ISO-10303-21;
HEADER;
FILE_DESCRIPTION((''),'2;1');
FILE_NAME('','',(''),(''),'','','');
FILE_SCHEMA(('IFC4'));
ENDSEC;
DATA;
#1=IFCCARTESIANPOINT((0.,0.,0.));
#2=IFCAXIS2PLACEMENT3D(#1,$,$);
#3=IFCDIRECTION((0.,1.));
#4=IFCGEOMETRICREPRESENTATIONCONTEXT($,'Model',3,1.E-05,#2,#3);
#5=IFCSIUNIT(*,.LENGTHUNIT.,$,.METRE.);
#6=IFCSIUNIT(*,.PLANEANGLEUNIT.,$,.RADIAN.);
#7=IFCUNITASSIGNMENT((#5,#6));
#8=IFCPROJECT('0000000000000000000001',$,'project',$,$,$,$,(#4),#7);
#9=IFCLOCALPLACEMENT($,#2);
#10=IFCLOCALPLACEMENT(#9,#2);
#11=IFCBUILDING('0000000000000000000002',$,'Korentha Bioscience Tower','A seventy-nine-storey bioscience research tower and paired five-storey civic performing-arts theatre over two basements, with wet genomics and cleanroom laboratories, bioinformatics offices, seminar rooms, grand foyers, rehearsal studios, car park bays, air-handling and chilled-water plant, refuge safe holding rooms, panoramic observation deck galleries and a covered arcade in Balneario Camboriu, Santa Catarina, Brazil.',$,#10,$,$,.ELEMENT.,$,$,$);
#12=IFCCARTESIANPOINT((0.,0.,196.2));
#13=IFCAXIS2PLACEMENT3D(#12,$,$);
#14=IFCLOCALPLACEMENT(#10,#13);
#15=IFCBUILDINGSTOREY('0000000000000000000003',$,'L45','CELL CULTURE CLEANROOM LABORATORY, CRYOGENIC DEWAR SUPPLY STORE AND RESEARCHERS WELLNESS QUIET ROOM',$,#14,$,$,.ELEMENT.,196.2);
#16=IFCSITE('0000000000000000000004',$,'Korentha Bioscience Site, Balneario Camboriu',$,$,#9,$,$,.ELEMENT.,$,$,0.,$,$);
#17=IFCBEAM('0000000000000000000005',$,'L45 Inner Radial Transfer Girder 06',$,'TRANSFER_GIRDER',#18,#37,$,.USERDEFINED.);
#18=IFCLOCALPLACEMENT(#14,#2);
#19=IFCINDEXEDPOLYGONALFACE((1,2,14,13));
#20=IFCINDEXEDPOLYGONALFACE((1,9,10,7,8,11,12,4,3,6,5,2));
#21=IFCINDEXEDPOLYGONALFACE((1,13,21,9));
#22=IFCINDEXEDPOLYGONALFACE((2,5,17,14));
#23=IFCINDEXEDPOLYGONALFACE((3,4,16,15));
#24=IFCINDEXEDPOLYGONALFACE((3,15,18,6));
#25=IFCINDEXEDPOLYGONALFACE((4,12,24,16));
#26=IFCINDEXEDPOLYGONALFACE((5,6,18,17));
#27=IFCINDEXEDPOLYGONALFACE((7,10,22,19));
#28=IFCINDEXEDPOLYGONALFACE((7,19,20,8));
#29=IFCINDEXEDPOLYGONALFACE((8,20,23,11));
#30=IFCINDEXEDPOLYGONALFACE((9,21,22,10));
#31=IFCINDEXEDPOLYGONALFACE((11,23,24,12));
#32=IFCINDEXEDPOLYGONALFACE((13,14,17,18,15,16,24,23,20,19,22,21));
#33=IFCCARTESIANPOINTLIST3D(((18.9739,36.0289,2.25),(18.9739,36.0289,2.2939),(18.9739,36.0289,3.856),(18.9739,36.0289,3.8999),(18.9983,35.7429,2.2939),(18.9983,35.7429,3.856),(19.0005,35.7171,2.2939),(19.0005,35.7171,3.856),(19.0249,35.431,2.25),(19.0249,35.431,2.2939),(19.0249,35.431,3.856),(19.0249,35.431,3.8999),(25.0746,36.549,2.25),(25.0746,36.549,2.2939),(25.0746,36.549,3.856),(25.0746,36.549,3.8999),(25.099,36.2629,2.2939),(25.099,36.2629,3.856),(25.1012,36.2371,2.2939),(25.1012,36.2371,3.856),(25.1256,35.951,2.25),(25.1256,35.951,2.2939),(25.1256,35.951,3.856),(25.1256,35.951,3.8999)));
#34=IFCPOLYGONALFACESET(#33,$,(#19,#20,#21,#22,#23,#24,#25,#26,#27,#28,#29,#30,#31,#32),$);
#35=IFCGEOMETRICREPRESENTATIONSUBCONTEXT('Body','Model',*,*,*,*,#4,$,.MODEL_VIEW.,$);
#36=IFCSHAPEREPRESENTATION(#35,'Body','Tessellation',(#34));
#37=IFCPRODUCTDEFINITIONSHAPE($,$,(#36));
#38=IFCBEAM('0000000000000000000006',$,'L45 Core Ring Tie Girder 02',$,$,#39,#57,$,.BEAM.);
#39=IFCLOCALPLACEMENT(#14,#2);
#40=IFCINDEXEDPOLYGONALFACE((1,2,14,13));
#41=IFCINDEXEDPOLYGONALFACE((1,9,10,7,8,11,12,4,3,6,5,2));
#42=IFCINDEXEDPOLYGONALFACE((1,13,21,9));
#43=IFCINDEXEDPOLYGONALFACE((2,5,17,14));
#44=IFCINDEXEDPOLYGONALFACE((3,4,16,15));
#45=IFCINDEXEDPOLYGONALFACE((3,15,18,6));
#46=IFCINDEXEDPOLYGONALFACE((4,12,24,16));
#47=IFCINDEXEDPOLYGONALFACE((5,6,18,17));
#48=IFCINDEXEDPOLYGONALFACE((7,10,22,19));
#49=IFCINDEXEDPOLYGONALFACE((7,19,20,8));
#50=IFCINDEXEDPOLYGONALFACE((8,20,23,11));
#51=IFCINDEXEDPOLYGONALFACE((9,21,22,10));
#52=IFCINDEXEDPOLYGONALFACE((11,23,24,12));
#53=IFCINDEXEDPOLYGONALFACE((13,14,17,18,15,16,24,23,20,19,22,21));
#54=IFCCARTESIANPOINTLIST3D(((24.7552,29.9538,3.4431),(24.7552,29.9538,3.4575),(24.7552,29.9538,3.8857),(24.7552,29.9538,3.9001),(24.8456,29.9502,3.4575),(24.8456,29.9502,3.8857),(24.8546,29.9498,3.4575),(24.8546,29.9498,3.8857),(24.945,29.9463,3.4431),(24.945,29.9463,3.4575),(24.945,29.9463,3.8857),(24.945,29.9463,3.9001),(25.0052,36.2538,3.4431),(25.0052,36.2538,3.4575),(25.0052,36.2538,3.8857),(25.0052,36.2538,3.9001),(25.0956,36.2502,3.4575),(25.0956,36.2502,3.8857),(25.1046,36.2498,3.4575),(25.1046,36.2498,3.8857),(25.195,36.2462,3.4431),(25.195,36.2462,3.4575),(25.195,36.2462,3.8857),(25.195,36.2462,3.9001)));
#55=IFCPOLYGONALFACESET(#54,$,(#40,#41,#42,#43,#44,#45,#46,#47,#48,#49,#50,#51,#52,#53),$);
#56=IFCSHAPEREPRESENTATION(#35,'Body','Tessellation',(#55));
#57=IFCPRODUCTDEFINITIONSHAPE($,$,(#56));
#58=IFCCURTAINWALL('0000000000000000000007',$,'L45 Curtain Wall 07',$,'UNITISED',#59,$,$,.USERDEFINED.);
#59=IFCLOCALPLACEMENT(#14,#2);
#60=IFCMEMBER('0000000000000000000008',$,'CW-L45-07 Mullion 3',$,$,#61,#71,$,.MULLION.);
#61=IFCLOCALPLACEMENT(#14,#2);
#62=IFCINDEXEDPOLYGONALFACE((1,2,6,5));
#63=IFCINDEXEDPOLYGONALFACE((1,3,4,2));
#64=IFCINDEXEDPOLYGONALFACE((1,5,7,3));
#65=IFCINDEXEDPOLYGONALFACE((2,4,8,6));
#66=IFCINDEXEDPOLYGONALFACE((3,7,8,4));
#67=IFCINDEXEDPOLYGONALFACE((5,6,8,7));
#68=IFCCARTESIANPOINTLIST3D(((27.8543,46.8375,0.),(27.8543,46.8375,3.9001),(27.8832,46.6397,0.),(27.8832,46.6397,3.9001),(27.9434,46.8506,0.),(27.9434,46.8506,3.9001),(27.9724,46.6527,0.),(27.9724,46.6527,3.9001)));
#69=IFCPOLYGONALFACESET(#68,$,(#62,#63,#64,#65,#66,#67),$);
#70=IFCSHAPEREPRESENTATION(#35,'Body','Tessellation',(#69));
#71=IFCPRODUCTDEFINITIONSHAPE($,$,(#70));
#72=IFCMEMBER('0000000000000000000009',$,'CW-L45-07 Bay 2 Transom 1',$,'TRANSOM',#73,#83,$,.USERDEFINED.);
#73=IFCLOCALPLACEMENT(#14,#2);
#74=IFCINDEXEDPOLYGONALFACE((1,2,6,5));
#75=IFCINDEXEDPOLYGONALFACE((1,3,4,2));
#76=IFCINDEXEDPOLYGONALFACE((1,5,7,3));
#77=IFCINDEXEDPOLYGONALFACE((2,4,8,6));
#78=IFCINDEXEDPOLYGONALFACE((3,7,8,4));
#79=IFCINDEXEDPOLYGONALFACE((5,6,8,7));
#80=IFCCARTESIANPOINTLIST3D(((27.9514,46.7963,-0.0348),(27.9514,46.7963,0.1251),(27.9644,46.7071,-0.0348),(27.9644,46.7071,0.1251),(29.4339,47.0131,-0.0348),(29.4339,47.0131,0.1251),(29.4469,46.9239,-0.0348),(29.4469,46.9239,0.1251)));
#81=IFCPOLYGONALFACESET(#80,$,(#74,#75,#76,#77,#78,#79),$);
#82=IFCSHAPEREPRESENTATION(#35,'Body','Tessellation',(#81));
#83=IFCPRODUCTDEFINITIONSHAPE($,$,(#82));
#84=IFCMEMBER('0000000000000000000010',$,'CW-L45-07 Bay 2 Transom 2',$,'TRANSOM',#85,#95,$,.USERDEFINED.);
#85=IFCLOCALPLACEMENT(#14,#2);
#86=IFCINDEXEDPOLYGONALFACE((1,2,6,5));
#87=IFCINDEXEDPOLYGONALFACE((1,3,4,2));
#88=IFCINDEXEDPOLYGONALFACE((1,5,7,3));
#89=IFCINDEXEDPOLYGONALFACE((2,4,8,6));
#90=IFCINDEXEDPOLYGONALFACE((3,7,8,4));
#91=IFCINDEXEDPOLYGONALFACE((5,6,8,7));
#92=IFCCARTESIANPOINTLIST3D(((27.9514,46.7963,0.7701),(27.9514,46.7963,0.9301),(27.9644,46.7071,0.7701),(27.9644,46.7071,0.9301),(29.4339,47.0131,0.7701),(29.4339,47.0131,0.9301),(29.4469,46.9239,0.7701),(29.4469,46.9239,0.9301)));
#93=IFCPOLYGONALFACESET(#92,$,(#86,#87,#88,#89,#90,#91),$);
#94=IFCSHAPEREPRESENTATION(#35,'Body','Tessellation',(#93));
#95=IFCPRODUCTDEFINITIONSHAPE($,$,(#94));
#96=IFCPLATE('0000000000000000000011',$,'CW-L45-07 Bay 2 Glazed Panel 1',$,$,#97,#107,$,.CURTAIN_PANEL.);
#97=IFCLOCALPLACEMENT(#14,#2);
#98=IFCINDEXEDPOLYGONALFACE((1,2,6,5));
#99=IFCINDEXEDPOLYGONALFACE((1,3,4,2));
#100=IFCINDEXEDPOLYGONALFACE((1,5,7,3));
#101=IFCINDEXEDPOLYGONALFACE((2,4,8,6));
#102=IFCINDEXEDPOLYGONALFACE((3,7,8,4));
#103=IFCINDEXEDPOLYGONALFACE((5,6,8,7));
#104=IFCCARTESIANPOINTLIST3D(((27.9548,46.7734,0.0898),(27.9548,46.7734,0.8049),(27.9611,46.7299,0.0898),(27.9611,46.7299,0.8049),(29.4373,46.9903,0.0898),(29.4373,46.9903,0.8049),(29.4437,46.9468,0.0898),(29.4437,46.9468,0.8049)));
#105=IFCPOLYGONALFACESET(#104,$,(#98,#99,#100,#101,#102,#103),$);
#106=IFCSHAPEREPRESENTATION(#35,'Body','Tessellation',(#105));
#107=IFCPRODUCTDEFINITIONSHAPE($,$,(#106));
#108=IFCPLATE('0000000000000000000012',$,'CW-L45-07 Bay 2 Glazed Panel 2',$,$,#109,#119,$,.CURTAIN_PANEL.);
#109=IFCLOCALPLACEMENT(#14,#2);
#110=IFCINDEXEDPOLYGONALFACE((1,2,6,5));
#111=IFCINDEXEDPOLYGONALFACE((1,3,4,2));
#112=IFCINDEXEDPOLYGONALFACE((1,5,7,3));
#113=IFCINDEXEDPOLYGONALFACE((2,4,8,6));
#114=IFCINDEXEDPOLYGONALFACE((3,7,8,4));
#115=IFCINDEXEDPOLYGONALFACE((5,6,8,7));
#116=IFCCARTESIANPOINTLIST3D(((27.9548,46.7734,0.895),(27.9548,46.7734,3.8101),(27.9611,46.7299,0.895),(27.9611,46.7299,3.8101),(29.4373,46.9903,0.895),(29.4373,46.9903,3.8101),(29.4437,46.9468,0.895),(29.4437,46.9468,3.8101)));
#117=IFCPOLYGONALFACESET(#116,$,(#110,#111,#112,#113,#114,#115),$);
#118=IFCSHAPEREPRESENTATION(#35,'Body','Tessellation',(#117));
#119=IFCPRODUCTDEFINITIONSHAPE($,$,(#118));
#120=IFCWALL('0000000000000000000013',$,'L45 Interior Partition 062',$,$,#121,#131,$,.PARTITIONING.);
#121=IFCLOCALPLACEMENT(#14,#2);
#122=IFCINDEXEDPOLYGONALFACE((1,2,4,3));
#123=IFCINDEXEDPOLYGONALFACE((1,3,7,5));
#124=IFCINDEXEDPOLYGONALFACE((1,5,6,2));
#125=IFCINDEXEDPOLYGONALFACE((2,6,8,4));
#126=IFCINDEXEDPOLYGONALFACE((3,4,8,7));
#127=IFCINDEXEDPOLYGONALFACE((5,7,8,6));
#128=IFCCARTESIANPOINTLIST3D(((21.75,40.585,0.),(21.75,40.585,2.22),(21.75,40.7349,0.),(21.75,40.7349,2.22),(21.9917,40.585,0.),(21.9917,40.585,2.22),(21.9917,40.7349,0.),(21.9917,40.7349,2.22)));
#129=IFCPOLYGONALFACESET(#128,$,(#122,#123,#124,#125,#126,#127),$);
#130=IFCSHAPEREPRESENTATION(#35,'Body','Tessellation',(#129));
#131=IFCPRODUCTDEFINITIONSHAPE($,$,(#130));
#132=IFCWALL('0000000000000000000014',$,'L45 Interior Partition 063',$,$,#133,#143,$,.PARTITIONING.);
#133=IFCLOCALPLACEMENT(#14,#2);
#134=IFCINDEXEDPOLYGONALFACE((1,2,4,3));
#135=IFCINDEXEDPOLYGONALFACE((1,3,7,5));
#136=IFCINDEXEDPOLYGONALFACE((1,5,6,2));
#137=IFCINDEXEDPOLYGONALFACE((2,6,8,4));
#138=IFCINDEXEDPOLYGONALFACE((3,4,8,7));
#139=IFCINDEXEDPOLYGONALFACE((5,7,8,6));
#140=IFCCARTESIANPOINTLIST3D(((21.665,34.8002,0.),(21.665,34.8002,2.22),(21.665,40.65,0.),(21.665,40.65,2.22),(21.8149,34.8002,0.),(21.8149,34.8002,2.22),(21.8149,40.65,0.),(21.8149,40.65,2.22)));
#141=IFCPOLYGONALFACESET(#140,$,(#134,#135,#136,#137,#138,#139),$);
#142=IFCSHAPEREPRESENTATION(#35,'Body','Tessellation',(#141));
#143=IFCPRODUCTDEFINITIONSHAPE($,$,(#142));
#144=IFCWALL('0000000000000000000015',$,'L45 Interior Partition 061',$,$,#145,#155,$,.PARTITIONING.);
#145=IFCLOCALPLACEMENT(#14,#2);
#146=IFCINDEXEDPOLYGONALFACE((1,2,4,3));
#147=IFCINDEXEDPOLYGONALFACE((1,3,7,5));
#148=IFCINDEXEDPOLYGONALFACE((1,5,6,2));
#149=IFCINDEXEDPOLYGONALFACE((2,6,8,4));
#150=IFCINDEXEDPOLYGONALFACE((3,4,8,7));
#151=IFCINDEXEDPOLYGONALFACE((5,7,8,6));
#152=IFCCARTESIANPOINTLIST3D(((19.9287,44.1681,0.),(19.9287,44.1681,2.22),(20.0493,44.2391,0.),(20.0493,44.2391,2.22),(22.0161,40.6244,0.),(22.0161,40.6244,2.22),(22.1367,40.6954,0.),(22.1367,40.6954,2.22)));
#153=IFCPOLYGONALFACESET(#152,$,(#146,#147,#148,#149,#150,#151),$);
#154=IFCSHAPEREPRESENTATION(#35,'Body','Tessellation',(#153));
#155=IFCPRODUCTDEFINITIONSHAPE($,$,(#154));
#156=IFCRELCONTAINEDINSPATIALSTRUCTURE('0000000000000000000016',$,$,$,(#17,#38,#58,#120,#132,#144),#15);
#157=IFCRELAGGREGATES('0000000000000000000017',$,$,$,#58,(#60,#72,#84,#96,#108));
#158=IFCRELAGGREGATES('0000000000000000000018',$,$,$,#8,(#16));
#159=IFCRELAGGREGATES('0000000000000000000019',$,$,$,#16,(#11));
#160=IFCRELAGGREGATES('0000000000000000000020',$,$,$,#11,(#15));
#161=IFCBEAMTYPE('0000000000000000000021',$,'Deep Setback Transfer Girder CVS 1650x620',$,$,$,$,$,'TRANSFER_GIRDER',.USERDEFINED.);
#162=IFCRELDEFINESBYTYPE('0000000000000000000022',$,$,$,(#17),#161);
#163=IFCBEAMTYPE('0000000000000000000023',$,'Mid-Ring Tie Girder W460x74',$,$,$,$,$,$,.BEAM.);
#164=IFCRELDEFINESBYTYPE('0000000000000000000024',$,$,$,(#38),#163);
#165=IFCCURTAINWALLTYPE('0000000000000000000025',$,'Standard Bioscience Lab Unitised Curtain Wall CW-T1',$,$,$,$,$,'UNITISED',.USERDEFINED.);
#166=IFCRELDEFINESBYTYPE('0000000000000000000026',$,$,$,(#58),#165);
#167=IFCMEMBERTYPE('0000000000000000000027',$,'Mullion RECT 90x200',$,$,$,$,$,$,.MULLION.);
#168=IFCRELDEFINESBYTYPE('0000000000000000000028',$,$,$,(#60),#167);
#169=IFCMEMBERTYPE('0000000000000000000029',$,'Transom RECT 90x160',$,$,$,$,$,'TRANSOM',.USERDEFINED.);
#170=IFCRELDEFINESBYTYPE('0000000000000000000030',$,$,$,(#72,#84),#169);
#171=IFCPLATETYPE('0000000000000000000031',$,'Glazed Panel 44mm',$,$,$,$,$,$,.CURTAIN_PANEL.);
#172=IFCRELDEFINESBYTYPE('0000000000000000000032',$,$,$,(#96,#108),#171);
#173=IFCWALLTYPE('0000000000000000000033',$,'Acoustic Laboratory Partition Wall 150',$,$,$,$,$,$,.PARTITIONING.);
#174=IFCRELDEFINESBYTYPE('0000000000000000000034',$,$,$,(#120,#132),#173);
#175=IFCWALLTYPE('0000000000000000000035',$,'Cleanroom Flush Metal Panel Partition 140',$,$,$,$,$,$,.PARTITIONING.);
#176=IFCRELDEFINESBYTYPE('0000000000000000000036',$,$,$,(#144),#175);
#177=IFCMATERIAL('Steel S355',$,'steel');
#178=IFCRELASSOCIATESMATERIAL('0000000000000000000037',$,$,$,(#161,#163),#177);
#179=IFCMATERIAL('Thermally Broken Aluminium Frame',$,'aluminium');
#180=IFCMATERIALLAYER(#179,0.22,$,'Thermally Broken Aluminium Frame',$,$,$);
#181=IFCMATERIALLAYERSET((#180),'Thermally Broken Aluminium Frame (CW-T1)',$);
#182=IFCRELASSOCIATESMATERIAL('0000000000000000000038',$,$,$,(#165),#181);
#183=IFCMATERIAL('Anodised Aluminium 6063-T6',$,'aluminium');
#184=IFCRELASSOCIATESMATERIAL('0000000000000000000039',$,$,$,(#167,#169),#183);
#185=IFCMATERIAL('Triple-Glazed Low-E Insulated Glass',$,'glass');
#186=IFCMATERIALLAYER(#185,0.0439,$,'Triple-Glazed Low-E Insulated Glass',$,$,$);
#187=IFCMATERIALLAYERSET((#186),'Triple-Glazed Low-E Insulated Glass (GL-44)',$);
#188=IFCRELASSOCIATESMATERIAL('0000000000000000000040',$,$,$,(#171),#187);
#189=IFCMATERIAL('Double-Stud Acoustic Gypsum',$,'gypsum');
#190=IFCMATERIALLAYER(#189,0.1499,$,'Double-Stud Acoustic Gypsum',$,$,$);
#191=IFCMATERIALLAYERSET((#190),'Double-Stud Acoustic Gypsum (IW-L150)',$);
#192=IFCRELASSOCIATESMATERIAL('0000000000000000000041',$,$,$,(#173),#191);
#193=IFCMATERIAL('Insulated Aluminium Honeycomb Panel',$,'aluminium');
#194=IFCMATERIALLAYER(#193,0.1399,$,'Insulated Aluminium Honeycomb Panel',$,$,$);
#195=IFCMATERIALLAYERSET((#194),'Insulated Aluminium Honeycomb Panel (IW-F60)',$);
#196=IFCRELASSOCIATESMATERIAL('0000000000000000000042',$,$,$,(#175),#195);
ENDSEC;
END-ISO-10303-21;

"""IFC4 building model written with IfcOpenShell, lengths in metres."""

from ifc_helpers import new_model, si_unit, direction, frame, frame_2d, origin, origin_2d, place, context, subcontext, project, spatial, rectangle, i_section, extrude, material, layer, layer_set, material_profile, profile_set, type_object, element, aggregate, save


model = new_model("IFC4")

# Units and contexts
model_context = context("Model", 3, precision=1e-05, world=origin(), true_north=direction((0.0, 1.0)))
body_context = subcontext(model_context, "Body", "Model", "MODEL_VIEW")
ifc_project = project(units=[si_unit("LENGTHUNIT", "METRE"), si_unit("PLANEANGLEUNIT", "RADIAN")], contexts=[model_context])

# Site, building, storey
site_placement = place(None, origin())
site = spatial("IfcSite", under=ifc_project, at=site_placement, Name="Korentha Bioscience Site, Balneario Camboriu", CompositionType="ELEMENT", RefElevation=0.0)
building_placement = place(site_placement, origin())
building = spatial("IfcBuilding", under=site, at=building_placement, Name="Korentha Bioscience Tower", Description="A seventy-nine-storey bioscience research tower and paired five-storey civic performing-arts theatre over two basements, with wet genomics and cleanroom laboratories, bioinformatics offices, seminar rooms, grand foyers, rehearsal studios, car park bays, air-handling and chilled-water plant, refuge safe holding rooms, panoramic observation deck galleries and a covered arcade in Balneario Camboriu, Santa Catarina, Brazil.", CompositionType="ELEMENT")
storey_placement = place(building_placement, frame((0.0, 0.0, 196.2)))
storey = spatial("IfcBuildingStorey", under=building, at=storey_placement, Name="L45", Description="CELL CULTURE CLEANROOM LABORATORY, CRYOGENIC DEWAR SUPPLY STORE AND RESEARCHERS WELLNESS QUIET ROOM", CompositionType="ELEMENT", Elevation=196.2)

# Beams
ifc_material_1 = material(Name="Steel S355", Category="steel")
ifc_material_profile_1 = material_profile(ifc_material_1, i_section(OverallWidth=0.6001, OverallDepth=1.6499, WebThickness=0.0259, FlangeThickness=0.0439, at=origin_2d()), Name="Steel S355")
ifc_profile_set_1 = profile_set([ifc_material_profile_1], Name="Steel S355 (TG-04)")
beam_type_1 = type_object("IfcBeamType", Name="Deep Setback Transfer Girder CVS 1650x620", ElementType="TRANSFER_GIRDER", PredefinedType="USERDEFINED", material=ifc_profile_set_1)
beam_1_placement = place(storey_placement, frame((25.1001, 36.25, 3.075), z_axis=(-0.996387, -0.084933, 0.0), x_axis=(0.084933, -0.996387, 0.0)))
element("IfcBeam", 1, at=beam_1_placement, inside=storey, type_object=beam_type_1, Name="L45 Inner Radial Transfer Girder 06", ObjectType="TRANSFER_GIRDER", PredefinedType="USERDEFINED", context=body_context, shape_type="SweptSolid", body=[
    extrude(i_section(OverallWidth=0.6001, OverallDepth=1.6499, WebThickness=0.0259, FlangeThickness=0.0439, at=origin_2d()), origin(), (0.0, 0.0, 1.0), 6.1228),
])
ifc_material_profile_2 = material_profile(ifc_material_1, i_section(OverallWidth=0.1899, OverallDepth=0.457, WebThickness=0.009, FlangeThickness=0.0144, at=origin_2d()), Name="Steel S355")
ifc_profile_set_2 = profile_set([ifc_material_profile_2], Name="Steel S355 (MB-460)")
beam_type_2 = type_object("IfcBeamType", Name="Mid-Ring Tie Girder W460x74", PredefinedType="BEAM", material=ifc_profile_set_2)
beam_2_placement = place(storey_placement, frame((25.1001, 36.25, 3.6716), z_axis=(-0.039651, -0.999214, 0.0), x_axis=(0.999214, -0.039651, 0.0)))
element("IfcBeam", 2, at=beam_2_placement, inside=storey, type_object=beam_type_2, Name="L45 Core Ring Tie Girder 02", PredefinedType="BEAM", context=body_context, shape_type="SweptSolid", body=[
    extrude(i_section(OverallWidth=0.1899, OverallDepth=0.457, WebThickness=0.009, FlangeThickness=0.0144, at=origin_2d()), origin(), (0.0, 0.0, 1.0), 6.3049),
])

# Curtain wall, members, plates
ifc_material_2 = material(Name="Thermally Broken Aluminium Frame", Category="aluminium")
ifc_layer_1 = layer(ifc_material_2, 0.22, Name="Thermally Broken Aluminium Frame")
ifc_layer_set_1 = layer_set([ifc_layer_1], Name="Thermally Broken Aluminium Frame (CW-T1)")
curtain_wall_type = type_object("IfcCurtainWallType", Name="Standard Bioscience Lab Unitised Curtain Wall CW-T1", ElementType="UNITISED", PredefinedType="USERDEFINED", material=ifc_layer_set_1)
curtain_wall_placement = place(storey_placement, origin())
curtain_wall = element("IfcCurtainWall", 3, at=curtain_wall_placement, inside=storey, type_object=curtain_wall_type, Name="L45 Curtain Wall 07", ObjectType="UNITISED", PredefinedType="USERDEFINED")
ifc_material_3 = material(Name="Anodised Aluminium 6063-T6", Category="aluminium")
ifc_material_profile_3 = material_profile(ifc_material_3, rectangle(XDim=0.0901, YDim=0.2, at=origin_2d()), Name="Anodised Aluminium 6063-T6")
ifc_profile_set_3 = profile_set([ifc_material_profile_3], Name="Anodised Aluminium 6063-T6 (CW-MUL)")
member_type_1 = type_object("IfcMemberType", Name="Mullion RECT 90x200", PredefinedType="MULLION", material=ifc_profile_set_3)
member_1_placement = place(storey_placement, frame((27.9133, 46.7451, 0.0), z_axis=(0.0, 0.0, 1.0), x_axis=(-0.989462, -0.144793, 0.0)))
member_1 = element("IfcMember", 4, at=member_1_placement, type_object=member_type_1, Name="CW-L45-07 Mullion 3", PredefinedType="MULLION", context=body_context, shape_type="SweptSolid", body=[
    extrude(rectangle(XDim=0.0901, YDim=0.2, at=origin_2d()), origin(), (0.0, 0.0, 1.0), 3.9001),
])
ifc_material_profile_4 = material_profile(ifc_material_3, rectangle(XDim=0.0901, YDim=0.1599, at=origin_2d()), Name="Anodised Aluminium 6063-T6")
ifc_profile_set_4 = profile_set([ifc_material_profile_4], Name="Anodised Aluminium 6063-T6 (CW-TRN)")
member_type_2 = type_object("IfcMemberType", Name="Transom RECT 90x160", ElementType="TRANSOM", PredefinedType="USERDEFINED", material=ifc_profile_set_4)
member_2_placement = place(storey_placement, frame((29.4404, 46.9685, 0.0452), z_axis=(-0.989475, -0.144706, 0.0), x_axis=(0.144706, -0.989475, 0.0)))
member_2 = element("IfcMember", 5, at=member_2_placement, type_object=member_type_2, Name="CW-L45-07 Bay 2 Transom 1", ObjectType="TRANSOM", PredefinedType="USERDEFINED", context=body_context, shape_type="SweptSolid", body=[
    extrude(rectangle(XDim=0.0901, YDim=0.1599, at=origin_2d()), origin(), (0.0, 0.0, 1.0), 1.4983),
])
member_3_placement = place(storey_placement, frame((29.4404, 46.9685, 0.8501), z_axis=(-0.989475, -0.144706, 0.0), x_axis=(0.144706, -0.989475, 0.0)))
member_3 = element("IfcMember", 6, at=member_3_placement, type_object=member_type_2, Name="CW-L45-07 Bay 2 Transom 2", ObjectType="TRANSOM", PredefinedType="USERDEFINED", context=body_context, shape_type="SweptSolid", body=[
    extrude(rectangle(XDim=0.0901, YDim=0.1599, at=origin_2d()), origin(), (0.0, 0.0, 1.0), 1.4983),
])
ifc_material_4 = material(Name="Triple-Glazed Low-E Insulated Glass", Category="glass")
ifc_layer_2 = layer(ifc_material_4, 0.0439, Name="Triple-Glazed Low-E Insulated Glass")
ifc_layer_set_2 = layer_set([ifc_layer_2], Name="Triple-Glazed Low-E Insulated Glass (GL-44)")
plate_type = type_object("IfcPlateType", Name="Glazed Panel 44mm", PredefinedType="CURTAIN_PANEL", material=ifc_layer_set_2)
plate_1_placement = place(storey_placement, frame((28.6992, 46.8601, 0.0898), z_axis=(0.0, 0.0, 1.0), x_axis=(-0.989462, -0.144793, 0.0)))
plate_1 = element("IfcPlate", 7, at=plate_1_placement, type_object=plate_type, Name="CW-L45-07 Bay 2 Glazed Panel 1", PredefinedType="CURTAIN_PANEL", context=body_context, shape_type="SweptSolid", body=[
    extrude(rectangle(XDim=1.4983, YDim=0.0439, at=origin_2d()), origin(), (0.0, 0.0, 1.0), 0.7151),
])
plate_2_placement = place(storey_placement, frame((28.6992, 46.8601, 0.895), z_axis=(0.0, 0.0, 1.0), x_axis=(-0.989462, -0.144793, 0.0)))
plate_2 = element("IfcPlate", 8, at=plate_2_placement, type_object=plate_type, Name="CW-L45-07 Bay 2 Glazed Panel 2", PredefinedType="CURTAIN_PANEL", context=body_context, shape_type="SweptSolid", body=[
    extrude(rectangle(XDim=1.4983, YDim=0.0439, at=origin_2d()), origin(), (0.0, 0.0, 1.0), 2.915),
])
aggregate(curtain_wall, [member_1, member_2, member_3, plate_1, plate_2])

# Walls
ifc_material_5 = material(Name="Double-Stud Acoustic Gypsum", Category="gypsum")
ifc_layer_3 = layer(ifc_material_5, 0.1499, Name="Double-Stud Acoustic Gypsum")
ifc_layer_set_3 = layer_set([ifc_layer_3], Name="Double-Stud Acoustic Gypsum (IW-L150)")
wall_type_1 = type_object("IfcWallType", Name="Acoustic Laboratory Partition Wall 150", PredefinedType="PARTITIONING", material=ifc_layer_set_3)
wall_1_placement = place(storey_placement, frame((21.9917, 40.6599, 0.0), z_axis=(0.0, 0.0, 1.0), x_axis=(-1.0, 0.0, 0.0)))
element("IfcWall", 9, at=wall_1_placement, inside=storey, type_object=wall_type_1, Name="L45 Interior Partition 062", PredefinedType="PARTITIONING", context=body_context, shape_type="SweptSolid", body=[
    extrude(rectangle(XDim=0.2417, YDim=0.1499, at=frame_2d((0.1208, 0.0))), origin(), (0.0, 0.0, 1.0), 2.22),
])
wall_2_placement = place(storey_placement, frame((21.74, 40.6499, 0.0), z_axis=(0.0, 0.0, 1.0), x_axis=(0.0, -1.0, 0.0)))
element("IfcWall", 10, at=wall_2_placement, inside=storey, type_object=wall_type_1, Name="L45 Interior Partition 063", PredefinedType="PARTITIONING", context=body_context, shape_type="SweptSolid", body=[
    extrude(rectangle(XDim=5.8499, YDim=0.1499, at=frame_2d((2.9248, 0.0))), origin(), (0.0, 0.0, 1.0), 2.22),
])
ifc_material_6 = material(Name="Insulated Aluminium Honeycomb Panel", Category="aluminium")
ifc_layer_4 = layer(ifc_material_6, 0.1399, Name="Insulated Aluminium Honeycomb Panel")
ifc_layer_set_4 = layer_set([ifc_layer_4], Name="Insulated Aluminium Honeycomb Panel (IW-F60)")
wall_type_2 = type_object("IfcWallType", Name="Cleanroom Flush Metal Panel Partition 140", PredefinedType="PARTITIONING", material=ifc_layer_set_4)
wall_3_placement = place(storey_placement, frame((22.0764, 40.6599, 0.0), z_axis=(0.0, 0.0, 1.0), x_axis=(-0.507539, 0.861629, 0.0)))
element("IfcWall", 11, at=wall_3_placement, inside=storey, type_object=wall_type_2, Name="L45 Interior Partition 061", PredefinedType="PARTITIONING", context=body_context, shape_type="SweptSolid", body=[
    extrude(rectangle(XDim=4.1128, YDim=0.1399, at=frame_2d((2.0564, 0.0))), origin(), (0.0, 0.0, 1.0), 2.22),
])

save(model, "model.ifc")
